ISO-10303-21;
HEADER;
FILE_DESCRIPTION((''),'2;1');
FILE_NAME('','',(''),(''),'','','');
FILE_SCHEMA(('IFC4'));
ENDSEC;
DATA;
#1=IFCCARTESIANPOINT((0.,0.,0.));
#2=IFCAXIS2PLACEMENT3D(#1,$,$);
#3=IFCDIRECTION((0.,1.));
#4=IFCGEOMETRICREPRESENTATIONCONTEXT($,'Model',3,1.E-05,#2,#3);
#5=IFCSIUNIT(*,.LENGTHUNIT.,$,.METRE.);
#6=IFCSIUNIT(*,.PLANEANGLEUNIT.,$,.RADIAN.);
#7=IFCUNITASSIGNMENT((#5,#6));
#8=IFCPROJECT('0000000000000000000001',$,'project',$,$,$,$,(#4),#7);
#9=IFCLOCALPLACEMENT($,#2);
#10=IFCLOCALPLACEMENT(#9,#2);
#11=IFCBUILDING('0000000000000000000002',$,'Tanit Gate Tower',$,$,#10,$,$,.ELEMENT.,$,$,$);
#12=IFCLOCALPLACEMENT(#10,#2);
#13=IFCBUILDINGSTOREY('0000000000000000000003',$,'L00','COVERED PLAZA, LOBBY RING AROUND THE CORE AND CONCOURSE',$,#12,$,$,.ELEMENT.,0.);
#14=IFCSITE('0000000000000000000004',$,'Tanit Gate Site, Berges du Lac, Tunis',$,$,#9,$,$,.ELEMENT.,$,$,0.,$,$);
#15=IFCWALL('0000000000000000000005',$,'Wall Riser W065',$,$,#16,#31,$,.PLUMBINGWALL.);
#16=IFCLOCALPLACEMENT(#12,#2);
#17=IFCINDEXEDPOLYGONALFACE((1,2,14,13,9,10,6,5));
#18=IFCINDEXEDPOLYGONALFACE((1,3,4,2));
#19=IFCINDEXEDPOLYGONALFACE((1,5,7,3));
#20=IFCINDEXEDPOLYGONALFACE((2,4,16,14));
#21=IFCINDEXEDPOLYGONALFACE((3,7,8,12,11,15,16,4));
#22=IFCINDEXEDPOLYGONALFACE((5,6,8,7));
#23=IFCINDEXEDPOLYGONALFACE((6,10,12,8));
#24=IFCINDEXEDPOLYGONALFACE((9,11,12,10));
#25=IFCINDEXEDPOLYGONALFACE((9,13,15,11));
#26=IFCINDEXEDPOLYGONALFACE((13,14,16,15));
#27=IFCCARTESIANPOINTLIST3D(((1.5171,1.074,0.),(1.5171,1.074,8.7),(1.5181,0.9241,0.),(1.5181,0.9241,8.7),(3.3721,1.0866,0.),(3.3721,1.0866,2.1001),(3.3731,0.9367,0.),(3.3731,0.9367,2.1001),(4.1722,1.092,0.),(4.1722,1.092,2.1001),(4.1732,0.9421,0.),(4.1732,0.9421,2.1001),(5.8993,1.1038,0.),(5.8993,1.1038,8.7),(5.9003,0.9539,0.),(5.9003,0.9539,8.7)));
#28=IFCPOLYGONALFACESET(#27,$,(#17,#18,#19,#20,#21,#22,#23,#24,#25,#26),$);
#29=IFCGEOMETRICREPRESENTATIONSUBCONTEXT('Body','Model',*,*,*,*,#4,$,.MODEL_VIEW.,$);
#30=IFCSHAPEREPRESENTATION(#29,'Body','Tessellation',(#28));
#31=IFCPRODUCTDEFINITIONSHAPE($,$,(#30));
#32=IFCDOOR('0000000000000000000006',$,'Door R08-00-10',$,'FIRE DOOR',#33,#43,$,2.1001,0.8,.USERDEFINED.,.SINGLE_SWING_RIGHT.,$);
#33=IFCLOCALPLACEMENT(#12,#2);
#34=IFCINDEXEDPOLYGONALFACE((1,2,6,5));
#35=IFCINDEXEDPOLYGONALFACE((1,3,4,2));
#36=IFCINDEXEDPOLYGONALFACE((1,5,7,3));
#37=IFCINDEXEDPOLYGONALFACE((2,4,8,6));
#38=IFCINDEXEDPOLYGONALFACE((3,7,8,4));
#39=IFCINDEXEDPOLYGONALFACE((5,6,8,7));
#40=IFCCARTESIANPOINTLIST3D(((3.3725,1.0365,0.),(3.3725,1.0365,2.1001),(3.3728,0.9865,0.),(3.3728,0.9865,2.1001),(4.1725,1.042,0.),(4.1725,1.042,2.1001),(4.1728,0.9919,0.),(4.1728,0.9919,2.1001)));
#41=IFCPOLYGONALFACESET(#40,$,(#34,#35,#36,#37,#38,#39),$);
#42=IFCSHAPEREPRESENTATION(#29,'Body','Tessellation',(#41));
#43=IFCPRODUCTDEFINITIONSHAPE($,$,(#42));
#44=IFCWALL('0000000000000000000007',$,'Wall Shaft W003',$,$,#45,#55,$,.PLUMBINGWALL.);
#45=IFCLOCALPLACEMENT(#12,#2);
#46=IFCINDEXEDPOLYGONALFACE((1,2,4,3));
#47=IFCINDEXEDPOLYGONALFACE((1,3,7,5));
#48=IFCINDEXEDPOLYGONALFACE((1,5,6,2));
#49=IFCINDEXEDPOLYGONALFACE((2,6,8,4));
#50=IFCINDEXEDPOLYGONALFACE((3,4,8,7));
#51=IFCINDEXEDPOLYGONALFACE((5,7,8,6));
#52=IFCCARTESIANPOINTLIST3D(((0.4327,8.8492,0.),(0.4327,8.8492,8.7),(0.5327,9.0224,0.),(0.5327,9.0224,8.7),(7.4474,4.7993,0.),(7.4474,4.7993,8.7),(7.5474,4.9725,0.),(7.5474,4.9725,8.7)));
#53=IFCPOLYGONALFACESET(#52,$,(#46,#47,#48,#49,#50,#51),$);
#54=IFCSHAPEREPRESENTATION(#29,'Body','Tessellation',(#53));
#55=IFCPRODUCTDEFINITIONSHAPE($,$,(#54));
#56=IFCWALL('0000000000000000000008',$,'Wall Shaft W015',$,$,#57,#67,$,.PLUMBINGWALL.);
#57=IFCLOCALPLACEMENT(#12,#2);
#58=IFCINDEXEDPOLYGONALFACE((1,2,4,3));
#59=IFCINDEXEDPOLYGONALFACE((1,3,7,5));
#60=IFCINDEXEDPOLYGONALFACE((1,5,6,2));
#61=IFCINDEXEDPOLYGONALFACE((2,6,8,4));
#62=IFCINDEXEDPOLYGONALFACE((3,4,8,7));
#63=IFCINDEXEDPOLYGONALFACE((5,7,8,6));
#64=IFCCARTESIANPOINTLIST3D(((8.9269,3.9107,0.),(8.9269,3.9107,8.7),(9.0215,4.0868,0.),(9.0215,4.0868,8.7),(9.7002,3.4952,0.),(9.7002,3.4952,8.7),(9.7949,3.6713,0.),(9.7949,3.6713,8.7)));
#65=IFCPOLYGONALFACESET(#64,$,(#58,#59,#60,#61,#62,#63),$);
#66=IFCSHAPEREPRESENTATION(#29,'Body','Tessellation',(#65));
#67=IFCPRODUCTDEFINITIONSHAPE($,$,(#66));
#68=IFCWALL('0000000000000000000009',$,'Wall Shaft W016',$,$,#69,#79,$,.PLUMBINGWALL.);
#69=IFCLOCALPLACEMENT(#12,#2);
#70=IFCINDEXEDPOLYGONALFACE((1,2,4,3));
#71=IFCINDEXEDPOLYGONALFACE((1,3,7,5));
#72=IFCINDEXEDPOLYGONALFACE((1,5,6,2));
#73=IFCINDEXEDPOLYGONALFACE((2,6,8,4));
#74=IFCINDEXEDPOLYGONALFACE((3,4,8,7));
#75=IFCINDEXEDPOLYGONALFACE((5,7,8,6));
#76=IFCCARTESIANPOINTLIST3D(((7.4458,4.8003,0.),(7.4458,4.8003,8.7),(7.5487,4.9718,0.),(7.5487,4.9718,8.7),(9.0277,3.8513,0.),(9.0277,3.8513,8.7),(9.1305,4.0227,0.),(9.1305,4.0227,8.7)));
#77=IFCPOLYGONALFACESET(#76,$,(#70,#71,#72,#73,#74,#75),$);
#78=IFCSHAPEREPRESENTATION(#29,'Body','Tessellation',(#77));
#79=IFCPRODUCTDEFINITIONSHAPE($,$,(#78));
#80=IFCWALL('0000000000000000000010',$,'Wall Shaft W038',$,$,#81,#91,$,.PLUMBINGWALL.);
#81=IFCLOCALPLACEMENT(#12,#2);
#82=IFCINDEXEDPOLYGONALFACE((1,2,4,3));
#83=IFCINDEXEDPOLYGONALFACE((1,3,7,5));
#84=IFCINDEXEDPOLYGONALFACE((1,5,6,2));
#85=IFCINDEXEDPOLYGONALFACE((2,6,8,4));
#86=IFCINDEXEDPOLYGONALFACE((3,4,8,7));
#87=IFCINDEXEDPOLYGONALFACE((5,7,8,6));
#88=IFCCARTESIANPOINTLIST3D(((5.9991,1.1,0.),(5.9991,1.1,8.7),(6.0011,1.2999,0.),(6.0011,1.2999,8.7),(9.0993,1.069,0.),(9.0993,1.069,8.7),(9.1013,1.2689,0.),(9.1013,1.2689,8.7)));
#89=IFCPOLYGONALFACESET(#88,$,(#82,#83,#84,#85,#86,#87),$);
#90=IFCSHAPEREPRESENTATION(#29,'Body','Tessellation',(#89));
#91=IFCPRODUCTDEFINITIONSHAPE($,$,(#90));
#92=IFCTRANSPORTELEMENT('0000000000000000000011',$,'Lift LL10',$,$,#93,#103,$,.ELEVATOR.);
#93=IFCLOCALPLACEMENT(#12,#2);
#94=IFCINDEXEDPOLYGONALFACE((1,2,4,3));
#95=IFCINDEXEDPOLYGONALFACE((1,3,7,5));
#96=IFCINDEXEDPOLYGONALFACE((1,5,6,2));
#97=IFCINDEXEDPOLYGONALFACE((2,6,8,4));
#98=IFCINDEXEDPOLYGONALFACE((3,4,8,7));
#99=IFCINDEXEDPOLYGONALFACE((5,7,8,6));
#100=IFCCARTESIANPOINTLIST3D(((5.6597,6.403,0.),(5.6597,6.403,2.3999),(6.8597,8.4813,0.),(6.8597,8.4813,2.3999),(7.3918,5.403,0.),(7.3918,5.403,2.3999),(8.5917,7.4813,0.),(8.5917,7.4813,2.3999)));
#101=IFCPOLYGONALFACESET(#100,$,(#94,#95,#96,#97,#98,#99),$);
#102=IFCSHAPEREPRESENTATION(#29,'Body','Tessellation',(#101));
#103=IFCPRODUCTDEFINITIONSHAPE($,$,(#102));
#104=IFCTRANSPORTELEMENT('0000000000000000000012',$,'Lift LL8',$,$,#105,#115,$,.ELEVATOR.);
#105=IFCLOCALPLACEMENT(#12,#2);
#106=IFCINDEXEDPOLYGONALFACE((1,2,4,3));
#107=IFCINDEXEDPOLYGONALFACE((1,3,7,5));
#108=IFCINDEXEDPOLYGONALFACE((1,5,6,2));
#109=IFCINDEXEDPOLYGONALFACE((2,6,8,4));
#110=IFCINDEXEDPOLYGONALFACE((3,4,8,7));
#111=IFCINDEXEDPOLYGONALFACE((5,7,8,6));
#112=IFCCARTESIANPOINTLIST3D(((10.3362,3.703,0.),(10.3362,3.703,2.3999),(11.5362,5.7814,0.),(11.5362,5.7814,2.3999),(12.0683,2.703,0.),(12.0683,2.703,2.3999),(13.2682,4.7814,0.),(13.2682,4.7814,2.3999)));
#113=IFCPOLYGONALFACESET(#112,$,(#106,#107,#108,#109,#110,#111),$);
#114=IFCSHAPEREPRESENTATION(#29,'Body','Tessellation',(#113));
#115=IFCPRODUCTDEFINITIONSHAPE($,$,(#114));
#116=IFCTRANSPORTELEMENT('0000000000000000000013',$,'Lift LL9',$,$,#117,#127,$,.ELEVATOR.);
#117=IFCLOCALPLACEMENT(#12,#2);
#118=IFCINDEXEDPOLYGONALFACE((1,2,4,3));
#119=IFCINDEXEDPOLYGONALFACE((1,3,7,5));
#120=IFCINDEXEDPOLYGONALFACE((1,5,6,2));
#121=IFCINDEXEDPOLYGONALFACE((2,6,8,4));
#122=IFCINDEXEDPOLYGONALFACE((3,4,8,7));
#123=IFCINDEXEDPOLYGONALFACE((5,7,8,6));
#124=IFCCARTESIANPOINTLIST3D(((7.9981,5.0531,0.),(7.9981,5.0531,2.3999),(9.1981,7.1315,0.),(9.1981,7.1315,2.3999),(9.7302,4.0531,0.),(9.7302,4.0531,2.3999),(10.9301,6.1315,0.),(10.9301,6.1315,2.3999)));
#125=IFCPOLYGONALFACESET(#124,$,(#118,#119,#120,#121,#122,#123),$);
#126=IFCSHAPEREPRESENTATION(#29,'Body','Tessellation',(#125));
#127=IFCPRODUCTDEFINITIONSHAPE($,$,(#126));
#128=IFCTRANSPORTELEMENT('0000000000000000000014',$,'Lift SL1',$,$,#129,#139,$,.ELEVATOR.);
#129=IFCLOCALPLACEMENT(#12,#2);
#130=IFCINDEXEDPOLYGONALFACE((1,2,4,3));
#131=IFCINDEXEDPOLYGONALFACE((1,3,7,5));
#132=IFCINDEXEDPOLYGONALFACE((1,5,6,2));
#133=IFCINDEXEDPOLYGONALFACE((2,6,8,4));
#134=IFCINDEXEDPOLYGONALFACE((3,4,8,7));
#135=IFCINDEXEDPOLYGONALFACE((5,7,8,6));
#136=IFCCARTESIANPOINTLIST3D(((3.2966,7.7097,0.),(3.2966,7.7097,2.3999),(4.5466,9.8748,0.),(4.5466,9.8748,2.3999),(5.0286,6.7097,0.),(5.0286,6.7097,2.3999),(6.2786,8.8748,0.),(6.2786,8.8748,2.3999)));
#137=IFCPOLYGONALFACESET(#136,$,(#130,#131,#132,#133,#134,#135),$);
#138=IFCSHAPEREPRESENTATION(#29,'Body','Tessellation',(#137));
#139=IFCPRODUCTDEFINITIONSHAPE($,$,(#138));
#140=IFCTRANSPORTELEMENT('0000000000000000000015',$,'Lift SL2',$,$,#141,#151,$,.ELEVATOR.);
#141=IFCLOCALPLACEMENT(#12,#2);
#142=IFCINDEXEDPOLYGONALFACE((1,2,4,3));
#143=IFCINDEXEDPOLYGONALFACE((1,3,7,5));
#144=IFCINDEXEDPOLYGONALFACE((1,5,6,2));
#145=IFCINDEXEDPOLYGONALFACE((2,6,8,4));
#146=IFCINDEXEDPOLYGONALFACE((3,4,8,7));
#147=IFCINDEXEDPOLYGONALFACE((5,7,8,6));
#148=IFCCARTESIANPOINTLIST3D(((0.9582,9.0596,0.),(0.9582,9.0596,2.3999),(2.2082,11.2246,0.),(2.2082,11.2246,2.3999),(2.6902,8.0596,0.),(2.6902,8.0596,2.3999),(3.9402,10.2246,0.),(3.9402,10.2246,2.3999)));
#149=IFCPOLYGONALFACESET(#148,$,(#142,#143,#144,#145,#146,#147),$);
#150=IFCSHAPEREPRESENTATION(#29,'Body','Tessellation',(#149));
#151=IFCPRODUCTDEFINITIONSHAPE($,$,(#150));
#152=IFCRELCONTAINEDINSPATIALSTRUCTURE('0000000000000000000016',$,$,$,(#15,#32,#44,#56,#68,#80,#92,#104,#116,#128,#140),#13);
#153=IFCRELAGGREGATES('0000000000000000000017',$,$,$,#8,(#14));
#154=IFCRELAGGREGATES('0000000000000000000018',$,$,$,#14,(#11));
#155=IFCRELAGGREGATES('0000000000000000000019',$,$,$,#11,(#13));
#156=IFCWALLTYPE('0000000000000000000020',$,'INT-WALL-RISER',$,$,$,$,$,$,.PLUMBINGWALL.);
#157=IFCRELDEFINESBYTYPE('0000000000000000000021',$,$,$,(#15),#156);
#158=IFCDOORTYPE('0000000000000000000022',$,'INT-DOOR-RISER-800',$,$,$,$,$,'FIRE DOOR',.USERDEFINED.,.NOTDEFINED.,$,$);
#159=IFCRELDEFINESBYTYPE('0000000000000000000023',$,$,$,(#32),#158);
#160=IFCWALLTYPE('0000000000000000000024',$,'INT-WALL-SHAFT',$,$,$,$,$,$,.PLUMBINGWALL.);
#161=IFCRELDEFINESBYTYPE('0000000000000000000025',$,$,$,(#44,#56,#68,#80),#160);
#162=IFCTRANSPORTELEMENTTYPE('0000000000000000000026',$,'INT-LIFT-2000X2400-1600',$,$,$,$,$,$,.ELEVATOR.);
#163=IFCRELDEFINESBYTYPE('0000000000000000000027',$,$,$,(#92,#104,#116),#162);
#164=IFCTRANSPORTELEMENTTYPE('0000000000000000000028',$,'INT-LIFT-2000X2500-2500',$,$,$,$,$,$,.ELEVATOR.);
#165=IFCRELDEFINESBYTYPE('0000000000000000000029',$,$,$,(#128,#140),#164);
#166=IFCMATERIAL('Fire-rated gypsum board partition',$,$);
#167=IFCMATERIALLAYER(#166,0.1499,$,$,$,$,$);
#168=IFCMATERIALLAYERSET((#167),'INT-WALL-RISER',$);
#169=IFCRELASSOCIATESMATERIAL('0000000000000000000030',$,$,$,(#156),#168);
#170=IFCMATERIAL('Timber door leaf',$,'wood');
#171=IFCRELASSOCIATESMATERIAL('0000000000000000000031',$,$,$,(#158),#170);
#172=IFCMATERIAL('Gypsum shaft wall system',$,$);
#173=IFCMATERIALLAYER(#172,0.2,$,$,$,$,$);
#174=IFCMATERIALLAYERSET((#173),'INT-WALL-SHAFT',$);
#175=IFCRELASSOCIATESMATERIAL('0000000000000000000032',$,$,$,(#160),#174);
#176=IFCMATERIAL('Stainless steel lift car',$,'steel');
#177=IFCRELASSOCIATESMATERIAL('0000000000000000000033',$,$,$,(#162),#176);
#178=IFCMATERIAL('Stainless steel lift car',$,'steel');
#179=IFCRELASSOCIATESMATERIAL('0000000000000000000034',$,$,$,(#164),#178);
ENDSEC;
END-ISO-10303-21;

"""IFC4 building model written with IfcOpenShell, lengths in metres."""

from ifc_helpers import new_model, si_unit, direction, frame, frame_2d, origin, origin_2d, place, context, subcontext, project, spatial, rectangle, extrude, material, layer, layer_set, type_object, element, fill, save


model = new_model("IFC4")

# Units and contexts
model_context = context("Model", 3, precision=1e-05, world=origin(), true_north=direction((0.0, 1.0)))
body_context = subcontext(model_context, "Body", "Model", "MODEL_VIEW")
ifc_project = project(units=[si_unit("LENGTHUNIT", "METRE"), si_unit("PLANEANGLEUNIT", "RADIAN")], contexts=[model_context])

# Site, building, storey
site_placement = place(None, origin())
site = spatial("IfcSite", under=ifc_project, at=site_placement, Name="Tanit Gate Site, Berges du Lac, Tunis", CompositionType="ELEMENT", RefElevation=0.0)
building_placement = place(site_placement, origin())
building = spatial("IfcBuilding", under=site, at=building_placement, Name="Tanit Gate Tower", CompositionType="ELEMENT")
storey_placement = place(building_placement, origin())
storey = spatial("IfcBuildingStorey", under=building, at=storey_placement, Name="L00", Description="COVERED PLAZA, LOBBY RING AROUND THE CORE AND CONCOURSE", CompositionType="ELEMENT", Elevation=0.0)

# Wall, opening, door
ifc_material_1 = material(Name="Fire-rated gypsum board partition")
ifc_layer_1 = layer(ifc_material_1, 0.1499)
ifc_layer_set_1 = layer_set([ifc_layer_1], Name="INT-WALL-RISER")
wall_type_1 = type_object("IfcWallType", Name="INT-WALL-RISER", PredefinedType="PLUMBINGWALL", material=ifc_layer_set_1)
wall_1_placement = place(storey_placement, frame((1.5176, 0.999, 0.0), z_axis=(0.0, 0.0, 1.0), x_axis=(0.999977, 0.006797, 0.0)))
wall_1 = element("IfcWall", 1, at=wall_1_placement, inside=storey, type_object=wall_type_1, Name="Wall Riser W065", PredefinedType="PLUMBINGWALL", context=body_context, shape_type="SweptSolid", body=[
    extrude(rectangle(XDim=4.3823, YDim=0.1499, at=frame_2d((2.1912, 0.0))), origin(), (0.0, 0.0, 1.0), 8.7),
])
opening_1_placement = place(wall_1_placement, frame((1.8552, 0.0, 0.0)))
opening_1 = element("IfcOpeningElement", 2, at=opening_1_placement, cuts=wall_1, PredefinedType="OPENING", context=body_context, shape_type="SweptSolid", body=[
    extrude(rectangle(XDim=0.8, YDim=2.1001, at=frame_2d((0.3999, 1.05))), frame((0.0, 0.085, 0.0), z_axis=(0.0, -1.0, 0.0), x_axis=(1.0, 0.0, 0.0)), (0.0, 0.0, 1.0), 0.1699),
])
ifc_material_2 = material(Name="Timber door leaf", Category="wood")
door_type_1 = type_object("IfcDoorType", Name="INT-DOOR-RISER-800", ElementType="FIRE DOOR", OperationType="NOTDEFINED", PredefinedType="USERDEFINED", material=ifc_material_2)
door_1_placement = place(opening_1_placement, origin())
door_1 = element("IfcDoor", 3, at=door_1_placement, inside=storey, type_object=door_type_1, Name="Door R08-00-10", ObjectType="FIRE DOOR", OperationType="SINGLE_SWING_RIGHT", OverallHeight=2.1001, OverallWidth=0.8, PredefinedType="USERDEFINED", context=body_context, shape_type="SweptSolid", body=[
    extrude(rectangle(XDim=0.8, YDim=2.1001, at=frame_2d((0.3999, 1.05))), frame((0.0, 0.0249, 0.0), z_axis=(0.0, -1.0, 0.0), x_axis=(1.0, 0.0, 0.0)), (0.0, 0.0, 1.0), 0.05),
])
fill(opening_1, door_1)

# Walls
ifc_material_3 = material(Name="Gypsum shaft wall system")
ifc_layer_2 = layer(ifc_material_3, 0.2)
ifc_layer_set_2 = layer_set([ifc_layer_2], Name="INT-WALL-SHAFT")
wall_type_2 = type_object("IfcWallType", Name="INT-WALL-SHAFT", PredefinedType="PLUMBINGWALL", material=ifc_layer_set_2)
wall_2_placement = place(storey_placement, frame((7.4973, 4.886, 0.0), z_axis=(0.0, 0.0, 1.0), x_axis=(-0.866031, 0.49999, 0.0)))
element("IfcWall", 4, at=wall_2_placement, inside=storey, type_object=wall_type_2, Name="Wall Shaft W003", PredefinedType="PLUMBINGWALL", context=body_context, shape_type="SweptSolid", body=[
    extrude(rectangle(XDim=8.0999, YDim=0.2, at=frame_2d((4.0498, 0.0))), origin(), (0.0, 0.0, 1.0), 8.7),
])
wall_3_placement = place(storey_placement, frame((9.7476, 3.5833, 0.0), z_axis=(0.0, 0.0, 1.0), x_axis=(-0.880917, 0.473271, 0.0)))
element("IfcWall", 5, at=wall_3_placement, inside=storey, type_object=wall_type_2, Name="Wall Shaft W015", PredefinedType="PLUMBINGWALL", context=body_context, shape_type="SweptSolid", body=[
    extrude(rectangle(XDim=0.8779, YDim=0.2, at=frame_2d((0.439, 0.0))), origin(), (0.0, 0.0, 1.0), 8.7),
])
wall_4_placement = place(storey_placement, frame((9.0791, 3.937, 0.0), z_axis=(0.0, 0.0, 1.0), x_axis=(-0.857516, 0.514457, 0.0)))
element("IfcWall", 6, at=wall_4_placement, inside=storey, type_object=wall_type_2, Name="Wall Shaft W016", PredefinedType="PLUMBINGWALL", context=body_context, shape_type="SweptSolid", body=[
    extrude(rectangle(XDim=1.8447, YDim=0.2, at=frame_2d((0.9224, 0.0))), origin(), (0.0, 0.0, 1.0), 8.7),
])

# Wall
wall_5_placement = place(storey_placement, frame((6.0, 1.2, 0.0), z_axis=(0.0, 0.0, 1.0), x_axis=(0.99995, -0.010001, 0.0)))
element("IfcWall", 7, at=wall_5_placement, inside=storey, type_object=wall_type_2, Name="Wall Shaft W038", PredefinedType="PLUMBINGWALL", context=body_context, shape_type="SweptSolid", body=[
    extrude(rectangle(XDim=3.1003, YDim=0.2, at=frame_2d((1.5503, 0.0))), origin(), (0.0, 0.0, 1.0), 8.7),
])

# Transport elements
ifc_material_4 = material(Name="Stainless steel lift car", Category="steel")
transport_element_type_1 = type_object("IfcTransportElementType", Name="INT-LIFT-2000X2400-1600", PredefinedType="ELEVATOR", material=ifc_material_4)
for number, where, z_axis, x_axis, name in (
    (8, (7.1257, 6.9421, 0.0), (0.0, 0.0, 1.0), (-0.866025, 0.5, 0.0), "Lift LL10"),
    (9, (11.8022, 4.2422, 0.0), (0.0, 0.0, 1.0), (-0.866025, 0.5, 0.0), "Lift LL8"),
    (10, (9.4641, 5.5923, 0.0), (0.0, 0.0, 1.0), (-0.866025, 0.5, 0.0), "Lift LL9"),
):
    element("IfcTransportElement", number, at=place(storey_placement, frame(where, z_axis=z_axis, x_axis=x_axis)), inside=storey, type_object=transport_element_type_1, Name=name, PredefinedType="ELEVATOR", context=body_context, shape_type="SweptSolid", body=[
        extrude(rectangle(XDim=2.0, YDim=2.3999, at=origin_2d()), origin(), (0.0, 0.0, 1.0), 2.3999),
    ])
ifc_material_5 = material(Name="Stainless steel lift car", Category="steel")
transport_element_type_2 = type_object("IfcTransportElementType", Name="INT-LIFT-2000X2500-2500", PredefinedType="ELEVATOR", material=ifc_material_5)
for number, where, z_axis, x_axis, name in (
    (11, (4.7876, 8.2922, 0.0), (0.0, 0.0, 1.0), (-0.866025, 0.5, 0.0), "Lift SL1"),
    (12, (2.4492, 9.6421, 0.0), (0.0, 0.0, 1.0), (-0.866025, 0.5, 0.0), "Lift SL2"),
):
    element("IfcTransportElement", number, at=place(storey_placement, frame(where, z_axis=z_axis, x_axis=x_axis)), inside=storey, type_object=transport_element_type_2, Name=name, PredefinedType="ELEVATOR", context=body_context, shape_type="SweptSolid", body=[
        extrude(rectangle(XDim=2.0, YDim=2.5, at=origin_2d()), origin(), (0.0, 0.0, 1.0), 2.3999),
    ])

save(model, "model.ifc")
